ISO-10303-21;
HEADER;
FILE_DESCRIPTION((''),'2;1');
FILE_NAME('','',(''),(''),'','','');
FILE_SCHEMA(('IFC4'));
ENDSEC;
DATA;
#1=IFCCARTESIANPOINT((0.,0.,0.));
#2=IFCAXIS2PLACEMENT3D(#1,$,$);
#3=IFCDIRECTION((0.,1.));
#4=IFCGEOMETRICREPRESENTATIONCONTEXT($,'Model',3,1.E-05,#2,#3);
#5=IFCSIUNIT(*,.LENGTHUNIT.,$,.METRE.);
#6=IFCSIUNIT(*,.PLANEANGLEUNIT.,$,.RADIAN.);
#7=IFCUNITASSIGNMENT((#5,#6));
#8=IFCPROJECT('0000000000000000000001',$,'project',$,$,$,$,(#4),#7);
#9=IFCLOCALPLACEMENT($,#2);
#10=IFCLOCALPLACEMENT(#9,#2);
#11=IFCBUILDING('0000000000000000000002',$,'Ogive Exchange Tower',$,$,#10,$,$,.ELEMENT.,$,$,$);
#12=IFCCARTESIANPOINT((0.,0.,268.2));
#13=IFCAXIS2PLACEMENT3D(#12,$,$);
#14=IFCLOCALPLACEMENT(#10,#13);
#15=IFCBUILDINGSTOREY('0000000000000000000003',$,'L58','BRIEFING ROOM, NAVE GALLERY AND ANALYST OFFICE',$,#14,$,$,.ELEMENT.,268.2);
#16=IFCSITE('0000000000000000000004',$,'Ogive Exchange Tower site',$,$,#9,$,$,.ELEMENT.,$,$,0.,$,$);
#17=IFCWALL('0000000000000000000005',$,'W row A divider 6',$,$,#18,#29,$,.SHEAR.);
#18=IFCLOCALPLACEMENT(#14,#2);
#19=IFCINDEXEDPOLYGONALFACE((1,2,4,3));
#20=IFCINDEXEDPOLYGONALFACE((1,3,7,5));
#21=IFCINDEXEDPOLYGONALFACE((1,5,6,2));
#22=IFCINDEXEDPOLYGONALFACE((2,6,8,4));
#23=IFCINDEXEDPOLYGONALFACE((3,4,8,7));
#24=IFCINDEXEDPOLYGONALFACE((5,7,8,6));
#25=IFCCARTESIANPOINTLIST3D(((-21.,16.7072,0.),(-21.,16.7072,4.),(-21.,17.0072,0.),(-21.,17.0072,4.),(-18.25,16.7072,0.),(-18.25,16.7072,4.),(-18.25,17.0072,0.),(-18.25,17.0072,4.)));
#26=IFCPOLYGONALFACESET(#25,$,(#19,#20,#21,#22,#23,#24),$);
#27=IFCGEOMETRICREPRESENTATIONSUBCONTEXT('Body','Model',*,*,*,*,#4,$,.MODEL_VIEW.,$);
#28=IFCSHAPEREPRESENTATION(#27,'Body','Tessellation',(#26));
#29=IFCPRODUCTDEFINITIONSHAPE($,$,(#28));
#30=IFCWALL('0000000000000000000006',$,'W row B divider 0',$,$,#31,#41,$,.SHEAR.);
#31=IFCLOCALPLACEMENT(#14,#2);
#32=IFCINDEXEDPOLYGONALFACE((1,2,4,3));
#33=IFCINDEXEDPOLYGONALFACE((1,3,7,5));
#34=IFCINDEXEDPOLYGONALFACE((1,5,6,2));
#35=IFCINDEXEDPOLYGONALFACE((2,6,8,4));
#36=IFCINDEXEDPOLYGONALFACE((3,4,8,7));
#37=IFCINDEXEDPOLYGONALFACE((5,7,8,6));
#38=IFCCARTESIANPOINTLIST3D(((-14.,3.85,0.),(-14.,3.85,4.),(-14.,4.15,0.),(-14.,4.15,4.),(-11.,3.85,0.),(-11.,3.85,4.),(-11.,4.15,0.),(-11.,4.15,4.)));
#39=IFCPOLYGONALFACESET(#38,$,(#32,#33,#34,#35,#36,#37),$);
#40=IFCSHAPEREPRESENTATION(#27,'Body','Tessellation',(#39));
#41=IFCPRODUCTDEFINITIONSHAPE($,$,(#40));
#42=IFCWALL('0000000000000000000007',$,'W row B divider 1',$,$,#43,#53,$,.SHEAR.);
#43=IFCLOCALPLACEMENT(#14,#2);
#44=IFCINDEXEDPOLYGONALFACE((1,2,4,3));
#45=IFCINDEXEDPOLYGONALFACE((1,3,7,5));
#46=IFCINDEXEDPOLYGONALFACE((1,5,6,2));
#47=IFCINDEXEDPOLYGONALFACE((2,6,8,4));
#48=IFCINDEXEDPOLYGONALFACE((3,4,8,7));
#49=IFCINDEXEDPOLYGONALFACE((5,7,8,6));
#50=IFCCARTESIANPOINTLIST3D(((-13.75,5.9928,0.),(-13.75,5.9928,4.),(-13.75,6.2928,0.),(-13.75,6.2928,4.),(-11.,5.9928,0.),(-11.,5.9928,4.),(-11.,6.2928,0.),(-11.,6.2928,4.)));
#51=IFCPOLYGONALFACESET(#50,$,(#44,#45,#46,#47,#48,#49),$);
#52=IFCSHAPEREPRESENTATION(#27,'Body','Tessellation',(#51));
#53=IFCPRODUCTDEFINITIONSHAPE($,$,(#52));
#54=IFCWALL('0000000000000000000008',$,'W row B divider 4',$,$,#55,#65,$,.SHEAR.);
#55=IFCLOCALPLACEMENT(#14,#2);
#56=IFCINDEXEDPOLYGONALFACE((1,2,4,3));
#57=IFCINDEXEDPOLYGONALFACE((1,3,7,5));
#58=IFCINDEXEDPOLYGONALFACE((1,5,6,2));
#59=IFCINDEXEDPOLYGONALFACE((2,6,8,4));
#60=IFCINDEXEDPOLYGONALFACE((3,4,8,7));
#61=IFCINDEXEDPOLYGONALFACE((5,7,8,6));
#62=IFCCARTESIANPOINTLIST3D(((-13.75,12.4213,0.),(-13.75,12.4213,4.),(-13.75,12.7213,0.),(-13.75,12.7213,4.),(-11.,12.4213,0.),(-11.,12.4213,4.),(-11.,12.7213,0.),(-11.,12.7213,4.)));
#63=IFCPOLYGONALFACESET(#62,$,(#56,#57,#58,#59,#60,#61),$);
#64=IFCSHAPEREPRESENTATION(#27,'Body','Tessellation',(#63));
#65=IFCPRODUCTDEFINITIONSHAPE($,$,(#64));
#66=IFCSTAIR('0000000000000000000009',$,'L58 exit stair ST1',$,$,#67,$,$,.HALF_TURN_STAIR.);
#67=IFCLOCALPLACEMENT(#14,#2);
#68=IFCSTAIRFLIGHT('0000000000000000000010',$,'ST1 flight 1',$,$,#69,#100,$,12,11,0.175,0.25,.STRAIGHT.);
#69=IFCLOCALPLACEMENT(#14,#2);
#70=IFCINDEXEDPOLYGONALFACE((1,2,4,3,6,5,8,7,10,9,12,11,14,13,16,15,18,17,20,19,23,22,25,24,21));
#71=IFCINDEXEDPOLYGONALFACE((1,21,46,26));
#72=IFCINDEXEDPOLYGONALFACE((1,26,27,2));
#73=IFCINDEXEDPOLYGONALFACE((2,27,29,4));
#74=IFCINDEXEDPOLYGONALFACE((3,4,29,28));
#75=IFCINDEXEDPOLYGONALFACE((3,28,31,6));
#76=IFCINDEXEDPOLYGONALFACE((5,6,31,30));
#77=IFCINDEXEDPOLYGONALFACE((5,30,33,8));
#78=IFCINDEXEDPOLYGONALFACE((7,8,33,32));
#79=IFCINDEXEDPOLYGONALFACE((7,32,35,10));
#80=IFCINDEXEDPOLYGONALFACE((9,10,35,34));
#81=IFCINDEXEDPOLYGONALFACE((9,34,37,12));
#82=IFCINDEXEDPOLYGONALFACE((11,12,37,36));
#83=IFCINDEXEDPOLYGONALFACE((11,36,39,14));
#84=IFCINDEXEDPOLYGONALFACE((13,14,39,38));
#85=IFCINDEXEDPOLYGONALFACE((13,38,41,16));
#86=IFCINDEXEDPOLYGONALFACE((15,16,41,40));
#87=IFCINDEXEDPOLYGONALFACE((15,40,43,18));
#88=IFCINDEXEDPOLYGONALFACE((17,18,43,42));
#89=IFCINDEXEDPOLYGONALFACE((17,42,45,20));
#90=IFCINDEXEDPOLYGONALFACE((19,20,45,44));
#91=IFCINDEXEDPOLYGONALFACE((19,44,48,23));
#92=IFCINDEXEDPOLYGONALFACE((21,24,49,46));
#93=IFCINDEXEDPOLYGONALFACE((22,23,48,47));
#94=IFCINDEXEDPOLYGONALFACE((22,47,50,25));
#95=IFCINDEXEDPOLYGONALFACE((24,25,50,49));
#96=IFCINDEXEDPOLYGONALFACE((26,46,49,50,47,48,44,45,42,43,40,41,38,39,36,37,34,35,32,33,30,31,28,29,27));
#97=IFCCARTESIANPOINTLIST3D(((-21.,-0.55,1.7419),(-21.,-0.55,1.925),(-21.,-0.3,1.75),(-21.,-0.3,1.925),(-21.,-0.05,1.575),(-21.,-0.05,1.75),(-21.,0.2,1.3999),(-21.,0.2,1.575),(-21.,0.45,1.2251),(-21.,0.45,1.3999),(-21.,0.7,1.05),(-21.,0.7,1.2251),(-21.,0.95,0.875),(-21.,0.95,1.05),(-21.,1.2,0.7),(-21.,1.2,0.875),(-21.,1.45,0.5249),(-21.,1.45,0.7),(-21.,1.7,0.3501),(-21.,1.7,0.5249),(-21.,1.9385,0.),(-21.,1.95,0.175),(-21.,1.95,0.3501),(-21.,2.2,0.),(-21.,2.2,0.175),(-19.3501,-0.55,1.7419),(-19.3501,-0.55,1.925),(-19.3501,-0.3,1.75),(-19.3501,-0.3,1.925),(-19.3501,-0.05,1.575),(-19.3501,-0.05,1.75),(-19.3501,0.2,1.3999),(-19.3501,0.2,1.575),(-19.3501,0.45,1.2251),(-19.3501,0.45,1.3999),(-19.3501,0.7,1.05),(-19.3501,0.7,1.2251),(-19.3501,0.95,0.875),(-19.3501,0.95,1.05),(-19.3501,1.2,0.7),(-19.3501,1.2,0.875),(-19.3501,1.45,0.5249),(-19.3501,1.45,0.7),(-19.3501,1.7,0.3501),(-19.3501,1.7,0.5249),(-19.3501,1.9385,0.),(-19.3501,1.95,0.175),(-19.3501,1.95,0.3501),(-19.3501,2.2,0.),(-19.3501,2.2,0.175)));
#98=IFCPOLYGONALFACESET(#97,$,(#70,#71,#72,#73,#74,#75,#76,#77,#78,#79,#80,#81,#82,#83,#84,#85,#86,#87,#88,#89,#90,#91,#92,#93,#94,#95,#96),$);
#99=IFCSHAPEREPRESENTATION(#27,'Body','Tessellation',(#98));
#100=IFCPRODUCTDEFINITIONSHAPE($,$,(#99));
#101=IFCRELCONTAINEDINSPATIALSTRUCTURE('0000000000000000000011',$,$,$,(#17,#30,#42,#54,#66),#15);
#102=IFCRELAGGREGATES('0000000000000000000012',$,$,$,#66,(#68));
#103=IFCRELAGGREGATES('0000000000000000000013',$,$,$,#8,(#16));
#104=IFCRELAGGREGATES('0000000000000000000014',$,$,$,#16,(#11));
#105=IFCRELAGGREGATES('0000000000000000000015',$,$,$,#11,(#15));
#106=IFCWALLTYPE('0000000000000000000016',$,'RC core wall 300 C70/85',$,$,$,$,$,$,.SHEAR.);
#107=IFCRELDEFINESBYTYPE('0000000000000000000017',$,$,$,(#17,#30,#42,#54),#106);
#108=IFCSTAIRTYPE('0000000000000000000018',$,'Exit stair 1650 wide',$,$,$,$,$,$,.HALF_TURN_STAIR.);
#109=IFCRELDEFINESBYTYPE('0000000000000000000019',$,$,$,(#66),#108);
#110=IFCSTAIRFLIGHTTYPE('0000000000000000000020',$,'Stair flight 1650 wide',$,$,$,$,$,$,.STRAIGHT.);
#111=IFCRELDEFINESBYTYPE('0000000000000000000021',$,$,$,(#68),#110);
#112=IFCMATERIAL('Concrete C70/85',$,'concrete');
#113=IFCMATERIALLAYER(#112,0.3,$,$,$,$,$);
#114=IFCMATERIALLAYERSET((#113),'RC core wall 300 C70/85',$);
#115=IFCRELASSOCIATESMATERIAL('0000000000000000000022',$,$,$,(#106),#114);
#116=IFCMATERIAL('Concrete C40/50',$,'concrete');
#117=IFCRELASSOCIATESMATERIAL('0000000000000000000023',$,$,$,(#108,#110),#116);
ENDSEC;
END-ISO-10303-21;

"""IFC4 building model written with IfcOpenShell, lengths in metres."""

from ifc_helpers import new_model, si_unit, direction, frame, frame_2d, origin, place, context, subcontext, project, spatial, polyline, rectangle, outline, extrude, material, layer, layer_set, type_object, element, aggregate, save


model = new_model("IFC4")

# Units and contexts
model_context = context("Model", 3, precision=1e-05, world=origin(), true_north=direction((0.0, 1.0)))
body_context = subcontext(model_context, "Body", "Model", "MODEL_VIEW")
ifc_project = project(units=[si_unit("LENGTHUNIT", "METRE"), si_unit("PLANEANGLEUNIT", "RADIAN")], contexts=[model_context])

# Site, building, storey
site_placement = place(None, origin())
site = spatial("IfcSite", under=ifc_project, at=site_placement, Name="Ogive Exchange Tower site", CompositionType="ELEMENT", RefElevation=0.0)
building_placement = place(site_placement, origin())
building = spatial("IfcBuilding", under=site, at=building_placement, Name="Ogive Exchange Tower", CompositionType="ELEMENT")
storey_placement = place(building_placement, frame((0.0, 0.0, 268.2)))
storey = spatial("IfcBuildingStorey", under=building, at=storey_placement, Name="L58", Description="BRIEFING ROOM, NAVE GALLERY AND ANALYST OFFICE", CompositionType="ELEMENT", Elevation=268.2)

# Shared definitions
ifc_material_1 = material(Name="Concrete C70/85", Category="concrete")

# Walls
ifc_layer_1 = layer(ifc_material_1, 0.3)
ifc_layer_set_1 = layer_set([ifc_layer_1], Name="RC core wall 300 C70/85")
wall_type_1 = type_object("IfcWallType", Name="RC core wall 300 C70/85", PredefinedType="SHEAR", material=ifc_layer_set_1)
wall_1_placement = place(storey_placement, frame((-21.0, 16.8572, 0.0), z_axis=(0.0, 0.0, 1.0), x_axis=(1.0, 0.0, 0.0)))
element("IfcWall", 1, at=wall_1_placement, inside=storey, type_object=wall_type_1, Name="W row A divider 6", PredefinedType="SHEAR", context=body_context, shape_type="SweptSolid", body=[
    extrude(rectangle(XDim=2.75, YDim=0.3, at=frame_2d((1.375, 0.0))), origin(), (0.0, 0.0, 1.0), 4.0),
])
wall_2_placement = place(storey_placement, frame((-14.0, 4.0, 0.0), z_axis=(0.0, 0.0, 1.0), x_axis=(1.0, 0.0, 0.0)))
element("IfcWall", 2, at=wall_2_placement, inside=storey, type_object=wall_type_1, Name="W row B divider 0", PredefinedType="SHEAR", context=body_context, shape_type="SweptSolid", body=[
    extrude(rectangle(XDim=3.0, YDim=0.3, at=frame_2d((1.5, 0.0))), origin(), (0.0, 0.0, 1.0), 4.0),
])
for number, where, z_axis, x_axis, name in (
    (3, (-13.75, 6.1428, 0.0), (0.0, 0.0, 1.0), (1.0, 0.0, 0.0), "W row B divider 1"),
    (4, (-13.75, 12.5713, 0.0), (0.0, 0.0, 1.0), (1.0, 0.0, 0.0), "W row B divider 4"),
):
    element("IfcWall", number, at=place(storey_placement, frame(where, z_axis=z_axis, x_axis=x_axis)), inside=storey, type_object=wall_type_1, Name=name, PredefinedType="SHEAR", context=body_context, shape_type="SweptSolid", body=[
        extrude(rectangle(XDim=2.75, YDim=0.3, at=frame_2d((1.375, 0.0))), origin(), (0.0, 0.0, 1.0), 4.0),
    ])

# Stair, stair flight
ifc_material_2 = material(Name="Concrete C40/50", Category="concrete")
stair_type = type_object("IfcStairType", Name="Exit stair 1650 wide", PredefinedType="HALF_TURN_STAIR", material=ifc_material_2)
stair_placement = place(storey_placement, origin())
stair = element("IfcStair", 5, at=stair_placement, inside=storey, type_object=stair_type, Name="L58 exit stair ST1", PredefinedType="HALF_TURN_STAIR")
stair_flight_type = type_object("IfcStairFlightType", Name="Stair flight 1650 wide", PredefinedType="STRAIGHT", material=ifc_material_2)
stair_flight_placement = place(storey_placement, frame((-20.175, 2.2, 0.0), z_axis=(0.0, 0.0, 1.0), x_axis=(0.0, -1.0, 0.0)))
stair_flight = element("IfcStairFlight", 6, at=stair_flight_placement, type_object=stair_flight_type, Name="ST1 flight 1", NumberOfRisers=12, NumberOfTreads=11, PredefinedType="STRAIGHT", RiserHeight=0.175, TreadLength=0.25, context=body_context, shape_type="SweptSolid", body=[
    extrude(outline(polyline([(0.0, 0.0), (0.0, 0.175), (0.25, 0.175), (0.25, 0.3501), (0.5, 0.3501), (0.5, 0.5249), (0.75, 0.5249), (0.75, 0.7), (1.0, 0.7), (1.0, 0.875), (1.25, 0.875), (1.25, 1.05), (1.5, 1.05), (1.5, 1.2251), (1.75, 1.2251), (1.75, 1.3999), (2.0, 1.3999), (2.0, 1.575), (2.25, 1.575), (2.25, 1.75), (2.5, 1.75), (2.5, 1.925), (2.75, 1.925), (2.75, 2.1001), (2.75, 1.7419), (0.2615, 0.0), (0.0, 0.0)])), frame((0.0, 0.825, 0.0), z_axis=(0.0, -1.0, 0.0), x_axis=(1.0, 0.0, 0.0)), (0.0, 0.0, 1.0), 1.6499),
])
aggregate(stair, [stair_flight])

save(model, "model.ifc")
